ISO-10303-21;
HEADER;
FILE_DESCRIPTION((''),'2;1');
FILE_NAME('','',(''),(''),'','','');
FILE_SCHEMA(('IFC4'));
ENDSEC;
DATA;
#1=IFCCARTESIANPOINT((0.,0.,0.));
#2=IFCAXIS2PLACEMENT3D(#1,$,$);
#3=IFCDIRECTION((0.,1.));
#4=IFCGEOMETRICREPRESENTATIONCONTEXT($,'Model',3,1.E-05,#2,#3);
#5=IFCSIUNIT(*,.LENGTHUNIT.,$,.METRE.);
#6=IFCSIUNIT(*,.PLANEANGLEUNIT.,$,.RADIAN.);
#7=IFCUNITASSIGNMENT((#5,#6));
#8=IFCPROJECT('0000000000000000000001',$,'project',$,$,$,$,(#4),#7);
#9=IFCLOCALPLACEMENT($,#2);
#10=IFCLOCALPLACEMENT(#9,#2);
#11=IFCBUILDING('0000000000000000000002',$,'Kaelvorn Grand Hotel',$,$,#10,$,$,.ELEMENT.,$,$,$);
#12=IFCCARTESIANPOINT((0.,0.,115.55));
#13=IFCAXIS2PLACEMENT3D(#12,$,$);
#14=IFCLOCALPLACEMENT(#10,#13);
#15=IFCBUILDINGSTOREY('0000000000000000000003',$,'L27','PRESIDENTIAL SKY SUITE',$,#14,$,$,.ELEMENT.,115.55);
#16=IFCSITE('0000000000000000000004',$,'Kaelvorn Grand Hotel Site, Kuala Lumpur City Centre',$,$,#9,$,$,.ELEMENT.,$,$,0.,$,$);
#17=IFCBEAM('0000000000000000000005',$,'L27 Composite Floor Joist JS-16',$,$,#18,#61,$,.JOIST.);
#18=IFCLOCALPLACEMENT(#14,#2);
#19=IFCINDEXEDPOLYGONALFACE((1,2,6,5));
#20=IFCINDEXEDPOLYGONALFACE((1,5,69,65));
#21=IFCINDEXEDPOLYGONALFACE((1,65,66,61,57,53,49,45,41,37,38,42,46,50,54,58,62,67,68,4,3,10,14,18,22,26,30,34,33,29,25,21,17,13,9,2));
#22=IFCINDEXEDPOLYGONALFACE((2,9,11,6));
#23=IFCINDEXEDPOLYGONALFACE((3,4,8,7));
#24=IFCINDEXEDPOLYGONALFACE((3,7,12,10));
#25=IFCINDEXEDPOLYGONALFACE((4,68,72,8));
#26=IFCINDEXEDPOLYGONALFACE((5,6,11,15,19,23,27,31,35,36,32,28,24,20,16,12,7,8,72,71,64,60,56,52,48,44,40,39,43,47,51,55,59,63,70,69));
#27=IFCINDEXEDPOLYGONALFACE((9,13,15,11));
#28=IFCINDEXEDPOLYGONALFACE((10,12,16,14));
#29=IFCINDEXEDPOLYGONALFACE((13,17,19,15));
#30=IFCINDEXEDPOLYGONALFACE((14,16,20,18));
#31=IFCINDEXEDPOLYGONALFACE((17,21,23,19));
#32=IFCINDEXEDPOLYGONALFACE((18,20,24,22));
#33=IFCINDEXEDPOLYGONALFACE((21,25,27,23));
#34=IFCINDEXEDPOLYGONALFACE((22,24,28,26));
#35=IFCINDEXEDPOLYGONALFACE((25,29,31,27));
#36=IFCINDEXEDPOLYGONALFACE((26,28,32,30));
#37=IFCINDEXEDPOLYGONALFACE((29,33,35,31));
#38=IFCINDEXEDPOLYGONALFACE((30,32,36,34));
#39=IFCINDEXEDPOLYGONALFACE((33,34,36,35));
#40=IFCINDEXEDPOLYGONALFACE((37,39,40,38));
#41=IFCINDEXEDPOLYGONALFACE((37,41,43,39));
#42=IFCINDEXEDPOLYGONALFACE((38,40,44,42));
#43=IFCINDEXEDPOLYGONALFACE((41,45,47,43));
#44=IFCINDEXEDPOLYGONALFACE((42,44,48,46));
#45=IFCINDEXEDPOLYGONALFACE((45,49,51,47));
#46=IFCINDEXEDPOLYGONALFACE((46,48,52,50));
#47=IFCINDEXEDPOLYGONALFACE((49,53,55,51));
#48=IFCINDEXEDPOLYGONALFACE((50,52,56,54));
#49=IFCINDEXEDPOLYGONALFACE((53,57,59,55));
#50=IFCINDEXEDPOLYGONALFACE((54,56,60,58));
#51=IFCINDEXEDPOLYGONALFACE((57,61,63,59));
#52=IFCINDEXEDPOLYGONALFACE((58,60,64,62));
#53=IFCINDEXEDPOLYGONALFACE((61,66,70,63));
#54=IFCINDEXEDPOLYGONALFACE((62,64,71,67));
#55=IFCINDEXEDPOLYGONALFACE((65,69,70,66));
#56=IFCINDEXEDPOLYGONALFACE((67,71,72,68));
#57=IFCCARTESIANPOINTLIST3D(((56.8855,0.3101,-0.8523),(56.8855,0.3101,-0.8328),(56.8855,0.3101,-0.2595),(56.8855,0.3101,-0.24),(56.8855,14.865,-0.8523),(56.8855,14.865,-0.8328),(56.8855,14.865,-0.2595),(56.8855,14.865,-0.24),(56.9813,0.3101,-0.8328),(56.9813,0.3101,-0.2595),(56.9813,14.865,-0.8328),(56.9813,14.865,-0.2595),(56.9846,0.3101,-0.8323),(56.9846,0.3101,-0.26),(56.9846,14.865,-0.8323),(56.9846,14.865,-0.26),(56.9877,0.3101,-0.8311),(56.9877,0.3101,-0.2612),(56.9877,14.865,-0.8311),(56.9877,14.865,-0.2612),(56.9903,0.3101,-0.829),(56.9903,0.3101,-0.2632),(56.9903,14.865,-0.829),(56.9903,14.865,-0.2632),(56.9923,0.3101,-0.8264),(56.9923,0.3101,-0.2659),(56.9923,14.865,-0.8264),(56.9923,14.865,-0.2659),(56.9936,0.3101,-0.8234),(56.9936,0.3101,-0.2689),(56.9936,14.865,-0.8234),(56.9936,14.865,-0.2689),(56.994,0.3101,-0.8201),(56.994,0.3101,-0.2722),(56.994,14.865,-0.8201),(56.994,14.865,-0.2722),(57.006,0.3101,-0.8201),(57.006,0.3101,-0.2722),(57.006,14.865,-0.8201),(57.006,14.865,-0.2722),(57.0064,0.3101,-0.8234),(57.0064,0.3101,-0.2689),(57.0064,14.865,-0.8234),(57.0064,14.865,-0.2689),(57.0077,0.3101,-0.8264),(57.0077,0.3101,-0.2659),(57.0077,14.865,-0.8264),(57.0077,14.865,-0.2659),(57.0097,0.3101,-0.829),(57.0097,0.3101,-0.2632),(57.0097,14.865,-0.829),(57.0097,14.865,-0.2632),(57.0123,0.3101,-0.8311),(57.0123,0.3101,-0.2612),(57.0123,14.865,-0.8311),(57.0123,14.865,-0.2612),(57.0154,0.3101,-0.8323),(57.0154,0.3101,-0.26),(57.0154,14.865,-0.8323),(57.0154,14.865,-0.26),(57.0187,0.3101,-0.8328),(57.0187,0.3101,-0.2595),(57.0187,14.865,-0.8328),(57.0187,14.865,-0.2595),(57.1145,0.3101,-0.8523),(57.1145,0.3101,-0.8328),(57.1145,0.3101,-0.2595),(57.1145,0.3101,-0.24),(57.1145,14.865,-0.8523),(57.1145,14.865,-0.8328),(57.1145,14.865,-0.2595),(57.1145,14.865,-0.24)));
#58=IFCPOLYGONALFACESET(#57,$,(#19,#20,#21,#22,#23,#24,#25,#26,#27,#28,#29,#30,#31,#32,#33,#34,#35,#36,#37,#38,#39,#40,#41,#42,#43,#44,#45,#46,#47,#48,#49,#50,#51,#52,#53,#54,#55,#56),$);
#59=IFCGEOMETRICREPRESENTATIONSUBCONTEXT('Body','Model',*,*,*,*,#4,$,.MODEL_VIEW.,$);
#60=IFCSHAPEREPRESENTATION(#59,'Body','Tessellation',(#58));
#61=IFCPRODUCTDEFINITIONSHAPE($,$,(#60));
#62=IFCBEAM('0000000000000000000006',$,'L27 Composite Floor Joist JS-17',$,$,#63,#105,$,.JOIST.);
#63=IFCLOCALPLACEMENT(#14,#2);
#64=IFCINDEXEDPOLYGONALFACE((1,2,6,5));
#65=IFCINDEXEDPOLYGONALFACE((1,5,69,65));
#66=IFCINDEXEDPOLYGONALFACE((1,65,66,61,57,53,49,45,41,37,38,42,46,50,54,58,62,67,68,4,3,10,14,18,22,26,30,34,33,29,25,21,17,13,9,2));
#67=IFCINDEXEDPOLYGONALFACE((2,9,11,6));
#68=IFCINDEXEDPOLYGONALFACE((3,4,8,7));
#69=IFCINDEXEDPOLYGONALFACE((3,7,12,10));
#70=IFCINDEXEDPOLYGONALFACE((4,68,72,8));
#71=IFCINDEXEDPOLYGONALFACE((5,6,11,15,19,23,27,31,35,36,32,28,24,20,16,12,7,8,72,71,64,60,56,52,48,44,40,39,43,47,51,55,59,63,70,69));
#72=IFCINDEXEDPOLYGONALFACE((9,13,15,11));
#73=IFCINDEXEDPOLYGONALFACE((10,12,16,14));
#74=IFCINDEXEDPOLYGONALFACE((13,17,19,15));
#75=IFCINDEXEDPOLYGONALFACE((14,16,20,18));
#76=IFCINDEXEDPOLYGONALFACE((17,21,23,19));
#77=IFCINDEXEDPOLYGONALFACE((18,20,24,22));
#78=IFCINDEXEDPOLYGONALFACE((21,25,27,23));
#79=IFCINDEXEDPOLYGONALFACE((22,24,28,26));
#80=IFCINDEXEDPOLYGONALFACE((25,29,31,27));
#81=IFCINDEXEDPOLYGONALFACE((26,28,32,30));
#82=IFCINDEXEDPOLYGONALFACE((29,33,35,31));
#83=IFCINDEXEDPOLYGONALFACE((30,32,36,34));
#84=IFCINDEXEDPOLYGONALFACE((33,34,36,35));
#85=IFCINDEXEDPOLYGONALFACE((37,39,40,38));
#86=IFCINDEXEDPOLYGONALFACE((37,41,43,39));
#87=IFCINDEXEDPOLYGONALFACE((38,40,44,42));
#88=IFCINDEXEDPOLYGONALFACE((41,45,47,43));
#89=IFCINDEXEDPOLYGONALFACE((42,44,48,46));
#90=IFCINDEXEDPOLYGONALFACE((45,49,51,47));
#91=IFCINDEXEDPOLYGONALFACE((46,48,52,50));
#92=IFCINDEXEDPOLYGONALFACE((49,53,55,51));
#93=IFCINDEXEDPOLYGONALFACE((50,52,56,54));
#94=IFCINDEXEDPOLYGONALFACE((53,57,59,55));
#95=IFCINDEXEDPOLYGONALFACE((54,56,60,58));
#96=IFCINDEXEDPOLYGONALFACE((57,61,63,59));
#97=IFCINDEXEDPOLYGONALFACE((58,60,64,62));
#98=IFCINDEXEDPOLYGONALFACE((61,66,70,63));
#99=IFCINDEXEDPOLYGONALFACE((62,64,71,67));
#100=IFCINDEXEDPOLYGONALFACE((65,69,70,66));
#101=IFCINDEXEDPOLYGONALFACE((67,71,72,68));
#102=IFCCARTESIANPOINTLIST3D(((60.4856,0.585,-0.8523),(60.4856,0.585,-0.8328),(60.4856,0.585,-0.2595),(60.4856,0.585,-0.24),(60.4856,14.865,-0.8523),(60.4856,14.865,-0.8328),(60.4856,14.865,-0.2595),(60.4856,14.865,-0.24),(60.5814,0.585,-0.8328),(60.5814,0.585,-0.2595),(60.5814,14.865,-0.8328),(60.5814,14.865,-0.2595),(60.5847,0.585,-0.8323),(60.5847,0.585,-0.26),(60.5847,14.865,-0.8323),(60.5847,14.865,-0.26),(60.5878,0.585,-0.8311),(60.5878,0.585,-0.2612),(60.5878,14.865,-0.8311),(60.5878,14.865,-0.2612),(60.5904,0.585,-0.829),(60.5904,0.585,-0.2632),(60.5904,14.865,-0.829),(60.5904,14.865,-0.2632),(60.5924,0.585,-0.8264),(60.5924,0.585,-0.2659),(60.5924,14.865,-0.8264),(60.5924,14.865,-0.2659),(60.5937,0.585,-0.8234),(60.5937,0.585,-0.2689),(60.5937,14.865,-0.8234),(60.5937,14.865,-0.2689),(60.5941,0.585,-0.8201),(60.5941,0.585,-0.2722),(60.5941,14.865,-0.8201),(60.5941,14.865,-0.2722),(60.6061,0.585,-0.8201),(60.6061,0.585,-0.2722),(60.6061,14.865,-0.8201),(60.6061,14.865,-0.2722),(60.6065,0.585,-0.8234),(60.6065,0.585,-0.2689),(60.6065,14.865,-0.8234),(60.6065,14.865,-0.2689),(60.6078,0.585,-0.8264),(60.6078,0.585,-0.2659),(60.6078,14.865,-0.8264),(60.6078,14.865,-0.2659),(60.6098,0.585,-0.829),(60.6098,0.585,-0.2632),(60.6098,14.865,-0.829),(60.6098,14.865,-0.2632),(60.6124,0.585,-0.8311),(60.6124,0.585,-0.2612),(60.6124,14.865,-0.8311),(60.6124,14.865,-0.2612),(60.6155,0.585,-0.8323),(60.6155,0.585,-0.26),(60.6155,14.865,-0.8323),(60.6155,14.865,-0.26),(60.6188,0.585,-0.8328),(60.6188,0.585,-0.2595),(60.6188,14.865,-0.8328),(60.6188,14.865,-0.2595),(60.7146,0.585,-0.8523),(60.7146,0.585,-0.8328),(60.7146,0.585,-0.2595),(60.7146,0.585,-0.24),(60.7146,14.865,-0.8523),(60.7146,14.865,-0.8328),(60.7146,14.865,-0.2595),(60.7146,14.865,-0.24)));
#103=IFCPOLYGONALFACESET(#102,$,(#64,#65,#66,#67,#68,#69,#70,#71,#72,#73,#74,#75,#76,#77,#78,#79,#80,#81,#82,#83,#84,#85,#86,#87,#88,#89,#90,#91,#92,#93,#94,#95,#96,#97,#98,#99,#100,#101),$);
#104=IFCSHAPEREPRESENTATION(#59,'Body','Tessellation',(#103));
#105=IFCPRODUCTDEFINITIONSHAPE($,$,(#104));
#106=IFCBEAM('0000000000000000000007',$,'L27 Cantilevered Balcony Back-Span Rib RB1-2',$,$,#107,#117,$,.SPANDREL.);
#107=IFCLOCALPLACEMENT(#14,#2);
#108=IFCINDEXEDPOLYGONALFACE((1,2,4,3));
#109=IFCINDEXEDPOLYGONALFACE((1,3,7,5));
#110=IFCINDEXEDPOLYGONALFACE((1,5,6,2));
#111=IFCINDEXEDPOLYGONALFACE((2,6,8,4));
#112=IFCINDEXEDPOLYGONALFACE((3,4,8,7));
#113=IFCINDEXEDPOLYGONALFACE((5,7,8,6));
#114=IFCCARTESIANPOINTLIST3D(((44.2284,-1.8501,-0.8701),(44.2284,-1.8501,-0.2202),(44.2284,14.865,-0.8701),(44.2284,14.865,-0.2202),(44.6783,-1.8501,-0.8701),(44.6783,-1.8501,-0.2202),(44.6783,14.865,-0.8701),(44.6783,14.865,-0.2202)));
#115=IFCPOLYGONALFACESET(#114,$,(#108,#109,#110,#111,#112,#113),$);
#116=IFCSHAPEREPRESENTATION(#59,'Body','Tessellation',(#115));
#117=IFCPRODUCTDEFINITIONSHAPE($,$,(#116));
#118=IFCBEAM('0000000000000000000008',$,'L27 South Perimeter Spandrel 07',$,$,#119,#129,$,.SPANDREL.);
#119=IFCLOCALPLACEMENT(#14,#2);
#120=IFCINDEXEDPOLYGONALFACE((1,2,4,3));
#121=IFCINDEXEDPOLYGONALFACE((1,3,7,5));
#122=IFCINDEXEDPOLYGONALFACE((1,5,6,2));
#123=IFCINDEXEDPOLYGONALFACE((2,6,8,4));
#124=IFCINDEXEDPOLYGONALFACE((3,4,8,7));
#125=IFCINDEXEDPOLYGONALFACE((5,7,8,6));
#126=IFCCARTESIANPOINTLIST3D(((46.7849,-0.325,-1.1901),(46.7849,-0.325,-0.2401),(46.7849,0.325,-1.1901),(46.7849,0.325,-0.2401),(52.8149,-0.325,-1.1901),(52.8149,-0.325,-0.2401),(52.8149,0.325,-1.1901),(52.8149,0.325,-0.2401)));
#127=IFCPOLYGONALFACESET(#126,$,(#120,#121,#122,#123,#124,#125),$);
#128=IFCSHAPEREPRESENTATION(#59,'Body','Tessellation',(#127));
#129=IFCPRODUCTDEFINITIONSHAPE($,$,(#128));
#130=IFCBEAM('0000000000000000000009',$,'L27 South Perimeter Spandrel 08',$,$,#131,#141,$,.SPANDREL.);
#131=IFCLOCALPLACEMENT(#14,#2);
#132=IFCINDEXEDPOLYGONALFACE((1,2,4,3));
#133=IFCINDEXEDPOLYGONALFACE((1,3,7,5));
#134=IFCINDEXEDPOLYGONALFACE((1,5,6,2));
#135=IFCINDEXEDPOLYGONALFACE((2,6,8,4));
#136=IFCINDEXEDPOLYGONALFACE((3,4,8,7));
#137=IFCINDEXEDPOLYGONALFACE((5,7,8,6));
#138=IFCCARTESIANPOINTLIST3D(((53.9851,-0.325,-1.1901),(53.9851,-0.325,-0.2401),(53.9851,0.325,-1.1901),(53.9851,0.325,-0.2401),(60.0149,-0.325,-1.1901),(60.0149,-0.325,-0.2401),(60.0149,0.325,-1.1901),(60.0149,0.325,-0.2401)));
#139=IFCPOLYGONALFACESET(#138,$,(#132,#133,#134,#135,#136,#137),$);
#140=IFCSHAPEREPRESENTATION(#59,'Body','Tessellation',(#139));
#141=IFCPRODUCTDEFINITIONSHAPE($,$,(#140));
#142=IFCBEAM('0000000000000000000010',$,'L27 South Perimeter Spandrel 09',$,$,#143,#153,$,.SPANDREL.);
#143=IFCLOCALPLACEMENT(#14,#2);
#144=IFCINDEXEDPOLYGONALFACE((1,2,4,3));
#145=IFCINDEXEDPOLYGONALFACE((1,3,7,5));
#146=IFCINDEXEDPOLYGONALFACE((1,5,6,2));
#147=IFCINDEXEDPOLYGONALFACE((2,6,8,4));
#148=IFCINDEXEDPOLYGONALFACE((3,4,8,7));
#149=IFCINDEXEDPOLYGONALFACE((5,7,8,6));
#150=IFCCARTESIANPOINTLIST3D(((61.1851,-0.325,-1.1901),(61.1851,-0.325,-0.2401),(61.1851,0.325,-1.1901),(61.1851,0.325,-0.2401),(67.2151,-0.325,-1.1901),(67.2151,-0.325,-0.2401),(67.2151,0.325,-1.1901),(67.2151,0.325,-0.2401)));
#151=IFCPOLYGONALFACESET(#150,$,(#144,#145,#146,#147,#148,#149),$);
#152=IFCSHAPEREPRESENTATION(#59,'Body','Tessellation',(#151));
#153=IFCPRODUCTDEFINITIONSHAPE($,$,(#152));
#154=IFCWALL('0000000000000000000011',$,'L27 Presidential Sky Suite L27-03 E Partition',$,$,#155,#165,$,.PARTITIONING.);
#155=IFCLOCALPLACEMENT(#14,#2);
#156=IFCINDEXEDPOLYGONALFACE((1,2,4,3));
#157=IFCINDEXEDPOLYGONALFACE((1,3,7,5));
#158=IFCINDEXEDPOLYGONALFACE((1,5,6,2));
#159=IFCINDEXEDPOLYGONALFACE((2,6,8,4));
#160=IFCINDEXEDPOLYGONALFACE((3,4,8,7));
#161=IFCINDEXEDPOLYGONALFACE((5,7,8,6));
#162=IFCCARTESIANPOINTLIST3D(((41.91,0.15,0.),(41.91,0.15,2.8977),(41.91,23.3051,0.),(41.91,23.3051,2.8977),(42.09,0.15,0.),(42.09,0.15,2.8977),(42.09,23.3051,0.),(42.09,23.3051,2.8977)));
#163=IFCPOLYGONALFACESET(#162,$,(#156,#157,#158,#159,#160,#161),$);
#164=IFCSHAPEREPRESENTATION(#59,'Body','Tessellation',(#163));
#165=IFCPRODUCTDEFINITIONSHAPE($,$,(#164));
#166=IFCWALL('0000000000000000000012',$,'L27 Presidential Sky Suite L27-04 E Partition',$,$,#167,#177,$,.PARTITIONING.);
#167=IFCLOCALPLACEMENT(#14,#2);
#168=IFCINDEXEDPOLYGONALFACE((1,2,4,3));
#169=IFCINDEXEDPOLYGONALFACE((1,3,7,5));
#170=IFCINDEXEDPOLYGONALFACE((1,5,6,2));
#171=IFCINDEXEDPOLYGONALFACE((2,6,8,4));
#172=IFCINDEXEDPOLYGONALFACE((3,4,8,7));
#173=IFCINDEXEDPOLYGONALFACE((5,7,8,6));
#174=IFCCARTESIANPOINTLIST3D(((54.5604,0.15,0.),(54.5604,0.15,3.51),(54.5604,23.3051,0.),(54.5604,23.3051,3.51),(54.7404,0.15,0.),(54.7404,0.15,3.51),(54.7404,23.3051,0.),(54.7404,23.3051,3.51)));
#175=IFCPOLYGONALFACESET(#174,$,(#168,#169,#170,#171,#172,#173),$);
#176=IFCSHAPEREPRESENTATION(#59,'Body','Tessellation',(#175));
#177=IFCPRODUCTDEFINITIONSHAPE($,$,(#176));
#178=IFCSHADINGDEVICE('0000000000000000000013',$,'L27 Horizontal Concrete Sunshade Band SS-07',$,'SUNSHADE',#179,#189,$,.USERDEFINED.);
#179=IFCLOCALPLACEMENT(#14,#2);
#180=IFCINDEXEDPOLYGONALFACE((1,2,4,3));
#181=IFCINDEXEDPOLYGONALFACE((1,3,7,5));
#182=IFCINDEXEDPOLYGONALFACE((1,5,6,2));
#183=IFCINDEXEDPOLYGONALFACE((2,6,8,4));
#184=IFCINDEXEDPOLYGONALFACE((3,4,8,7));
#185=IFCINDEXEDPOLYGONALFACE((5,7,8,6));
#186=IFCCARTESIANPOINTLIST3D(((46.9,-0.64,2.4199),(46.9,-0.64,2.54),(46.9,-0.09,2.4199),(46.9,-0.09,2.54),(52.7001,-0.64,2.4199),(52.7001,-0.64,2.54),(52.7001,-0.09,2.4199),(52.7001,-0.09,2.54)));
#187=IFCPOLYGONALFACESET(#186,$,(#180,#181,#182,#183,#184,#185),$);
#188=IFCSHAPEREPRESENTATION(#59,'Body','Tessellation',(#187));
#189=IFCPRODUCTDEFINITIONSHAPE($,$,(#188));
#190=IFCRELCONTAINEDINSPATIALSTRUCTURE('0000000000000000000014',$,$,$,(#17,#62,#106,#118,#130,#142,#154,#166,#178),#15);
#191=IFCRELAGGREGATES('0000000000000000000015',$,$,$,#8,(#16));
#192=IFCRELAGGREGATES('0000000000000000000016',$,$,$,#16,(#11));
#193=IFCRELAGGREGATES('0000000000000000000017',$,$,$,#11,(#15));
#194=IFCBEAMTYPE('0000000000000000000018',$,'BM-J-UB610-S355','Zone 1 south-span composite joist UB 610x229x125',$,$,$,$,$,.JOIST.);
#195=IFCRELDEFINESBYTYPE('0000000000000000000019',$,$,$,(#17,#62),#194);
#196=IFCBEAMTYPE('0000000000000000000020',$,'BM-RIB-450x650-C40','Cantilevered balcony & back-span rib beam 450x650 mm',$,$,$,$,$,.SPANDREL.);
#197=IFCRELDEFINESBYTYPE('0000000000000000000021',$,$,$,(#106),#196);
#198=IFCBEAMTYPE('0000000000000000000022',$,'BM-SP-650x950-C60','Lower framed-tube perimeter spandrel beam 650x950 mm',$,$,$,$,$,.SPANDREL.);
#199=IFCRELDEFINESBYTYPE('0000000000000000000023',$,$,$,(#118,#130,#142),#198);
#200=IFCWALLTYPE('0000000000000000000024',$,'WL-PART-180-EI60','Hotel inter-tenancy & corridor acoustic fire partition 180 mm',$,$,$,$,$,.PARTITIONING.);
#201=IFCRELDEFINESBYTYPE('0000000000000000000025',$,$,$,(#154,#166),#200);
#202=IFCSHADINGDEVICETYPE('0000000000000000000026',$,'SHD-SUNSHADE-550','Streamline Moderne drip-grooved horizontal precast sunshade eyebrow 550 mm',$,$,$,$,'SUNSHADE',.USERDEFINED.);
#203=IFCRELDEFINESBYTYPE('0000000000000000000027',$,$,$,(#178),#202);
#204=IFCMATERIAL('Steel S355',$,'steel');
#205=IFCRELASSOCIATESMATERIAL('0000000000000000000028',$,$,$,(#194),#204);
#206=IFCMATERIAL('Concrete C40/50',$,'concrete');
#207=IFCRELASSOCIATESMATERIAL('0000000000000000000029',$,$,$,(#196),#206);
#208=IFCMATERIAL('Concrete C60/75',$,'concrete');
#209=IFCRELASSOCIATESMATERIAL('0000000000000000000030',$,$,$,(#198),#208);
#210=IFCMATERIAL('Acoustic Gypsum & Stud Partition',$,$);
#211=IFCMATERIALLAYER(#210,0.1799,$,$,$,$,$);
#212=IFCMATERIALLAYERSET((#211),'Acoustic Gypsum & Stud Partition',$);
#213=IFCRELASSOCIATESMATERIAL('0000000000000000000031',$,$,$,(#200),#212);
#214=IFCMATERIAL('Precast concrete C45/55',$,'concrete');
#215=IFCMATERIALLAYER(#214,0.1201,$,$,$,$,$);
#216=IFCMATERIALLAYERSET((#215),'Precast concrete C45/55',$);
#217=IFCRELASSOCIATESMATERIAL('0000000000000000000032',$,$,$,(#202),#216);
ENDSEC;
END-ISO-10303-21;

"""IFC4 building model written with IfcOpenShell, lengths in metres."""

from ifc_helpers import new_model, si_unit, direction, frame, frame_2d, origin, origin_2d, place, context, subcontext, project, spatial, rectangle, i_section, extrude, material, layer, layer_set, material_profile, profile_set, type_object, element, save


model = new_model("IFC4")

# Units and contexts
model_context = context("Model", 3, precision=1e-05, world=origin(), true_north=direction((0.0, 1.0)))
body_context = subcontext(model_context, "Body", "Model", "MODEL_VIEW")
ifc_project = project(units=[si_unit("LENGTHUNIT", "METRE"), si_unit("PLANEANGLEUNIT", "RADIAN")], contexts=[model_context])

# Site, building, storey
site_placement = place(None, origin())
site = spatial("IfcSite", under=ifc_project, at=site_placement, Name="Kaelvorn Grand Hotel Site, Kuala Lumpur City Centre", CompositionType="ELEMENT", RefElevation=0.0)
building_placement = place(site_placement, origin())
building = spatial("IfcBuilding", under=site, at=building_placement, Name="Kaelvorn Grand Hotel", CompositionType="ELEMENT")
storey_placement = place(building_placement, frame((0.0, 0.0, 115.55)))
storey = spatial("IfcBuildingStorey", under=building, at=storey_placement, Name="L27", Description="PRESIDENTIAL SKY SUITE", CompositionType="ELEMENT", Elevation=115.55)

# Shared definitions
ifc_material_1 = material(Name="Concrete C60/75", Category="concrete")

# Beams
ifc_material_2 = material(Name="Steel S355", Category="steel")
ifc_material_profile_1 = material_profile(ifc_material_2, i_section(OverallWidth=0.229, OverallDepth=0.6123, WebThickness=0.012, FlangeThickness=0.0195, FilletRadius=0.0127, at=origin_2d()), Name="UB 610x229x125")
ifc_profile_set_1 = profile_set([ifc_material_profile_1], Name="Steel S355")
beam_type_1 = type_object("IfcBeamType", Name="BM-J-UB610-S355", Description="Zone 1 south-span composite joist UB 610x229x125", PredefinedType="JOIST", material=ifc_profile_set_1)
beam_1_placement = place(storey_placement, frame((57.0, 0.3101, -0.5461), z_axis=(0.0, 1.0, 0.0), x_axis=(-1.0, 0.0, 0.0)))
element("IfcBeam", 1, at=beam_1_placement, inside=storey, type_object=beam_type_1, Name="L27 Composite Floor Joist JS-16", PredefinedType="JOIST", context=body_context, shape_type="SweptSolid", body=[
    extrude(i_section(OverallWidth=0.229, OverallDepth=0.6123, WebThickness=0.012, FlangeThickness=0.0195, FilletRadius=0.0127, at=origin_2d()), origin(), (0.0, 0.0, 1.0), 14.5549),
])
beam_2_placement = place(storey_placement, frame((60.6001, 0.585, -0.5461), z_axis=(0.0, 1.0, 0.0), x_axis=(-1.0, 0.0, 0.0)))
element("IfcBeam", 2, at=beam_2_placement, inside=storey, type_object=beam_type_1, Name="L27 Composite Floor Joist JS-17", PredefinedType="JOIST", context=body_context, shape_type="SweptSolid", body=[
    extrude(i_section(OverallWidth=0.229, OverallDepth=0.6123, WebThickness=0.012, FlangeThickness=0.0195, FilletRadius=0.0127, at=origin_2d()), origin(), (0.0, 0.0, 1.0), 14.28),
])
ifc_material_3 = material(Name="Concrete C40/50", Category="concrete")
ifc_material_profile_2 = material_profile(ifc_material_3, rectangle(XDim=0.45, YDim=0.6499, at=origin_2d()), Name="RC RIB 450x650")
ifc_profile_set_2 = profile_set([ifc_material_profile_2], Name="Concrete C40/50")
beam_type_2 = type_object("IfcBeamType", Name="BM-RIB-450x650-C40", Description="Cantilevered balcony & back-span rib beam 450x650 mm", PredefinedType="SPANDREL", material=ifc_profile_set_2)
beam_3_placement = place(storey_placement, frame((44.4534, -1.8501, -0.5452), z_axis=(0.0, 1.0, 0.0), x_axis=(-1.0, 0.0, 0.0)))
element("IfcBeam", 3, at=beam_3_placement, inside=storey, type_object=beam_type_2, Name="L27 Cantilevered Balcony Back-Span Rib RB1-2", PredefinedType="SPANDREL", context=body_context, shape_type="SweptSolid", body=[
    extrude(rectangle(XDim=0.45, YDim=0.6499, at=origin_2d()), origin(), (0.0, 0.0, 1.0), 16.7151),
])
ifc_material_profile_3 = material_profile(ifc_material_1, rectangle(XDim=0.6499, YDim=0.95, at=origin_2d()), Name="RC SPANDREL 650x950")
ifc_profile_set_3 = profile_set([ifc_material_profile_3], Name="Concrete C60/75")
beam_type_3 = type_object("IfcBeamType", Name="BM-SP-650x950-C60", Description="Lower framed-tube perimeter spandrel beam 650x950 mm", PredefinedType="SPANDREL", material=ifc_profile_set_3)
beam_4_placement = place(storey_placement, frame((46.7849, 0.0, -0.7151), z_axis=(1.0, 0.0, 0.0), x_axis=(0.0, 1.0, 0.0)))
element("IfcBeam", 4, at=beam_4_placement, inside=storey, type_object=beam_type_3, Name="L27 South Perimeter Spandrel 07", PredefinedType="SPANDREL", context=body_context, shape_type="SweptSolid", body=[
    extrude(rectangle(XDim=0.6499, YDim=0.95, at=origin_2d()), origin(), (0.0, 0.0, 1.0), 6.03),
])
beam_5_placement = place(storey_placement, frame((53.9851, 0.0, -0.7151), z_axis=(1.0, 0.0, 0.0), x_axis=(0.0, 1.0, 0.0)))
element("IfcBeam", 5, at=beam_5_placement, inside=storey, type_object=beam_type_3, Name="L27 South Perimeter Spandrel 08", PredefinedType="SPANDREL", context=body_context, shape_type="SweptSolid", body=[
    extrude(rectangle(XDim=0.6499, YDim=0.95, at=origin_2d()), origin(), (0.0, 0.0, 1.0), 6.0298),
])
beam_6_placement = place(storey_placement, frame((61.1851, 0.0, -0.7151), z_axis=(1.0, 0.0, 0.0), x_axis=(0.0, 1.0, 0.0)))
element("IfcBeam", 6, at=beam_6_placement, inside=storey, type_object=beam_type_3, Name="L27 South Perimeter Spandrel 09", PredefinedType="SPANDREL", context=body_context, shape_type="SweptSolid", body=[
    extrude(rectangle(XDim=0.6499, YDim=0.95, at=origin_2d()), origin(), (0.0, 0.0, 1.0), 6.03),
])

# Walls
ifc_material_4 = material(Name="Acoustic Gypsum & Stud Partition")
ifc_layer_1 = layer(ifc_material_4, 0.1799)
ifc_layer_set_1 = layer_set([ifc_layer_1], Name="Acoustic Gypsum & Stud Partition")
wall_type = type_object("IfcWallType", Name="WL-PART-180-EI60", Description="Hotel inter-tenancy & corridor acoustic fire partition 180 mm", PredefinedType="PARTITIONING", material=ifc_layer_set_1)
wall_1_placement = place(storey_placement, frame((42.0, 0.1499, 0.0), z_axis=(0.0, 0.0, 1.0), x_axis=(0.0, 1.0, 0.0)))
element("IfcWall", 7, at=wall_1_placement, inside=storey, type_object=wall_type, Name="L27 Presidential Sky Suite L27-03 E Partition", PredefinedType="PARTITIONING", context=body_context, shape_type="SweptSolid", body=[
    extrude(rectangle(XDim=23.155, YDim=0.1799, at=frame_2d((11.5776, 0.0))), origin(), (0.0, 0.0, 1.0), 2.8977),
])
wall_2_placement = place(storey_placement, frame((54.6504, 0.1499, 0.0), z_axis=(0.0, 0.0, 1.0), x_axis=(0.0, 1.0, 0.0)))
element("IfcWall", 8, at=wall_2_placement, inside=storey, type_object=wall_type, Name="L27 Presidential Sky Suite L27-04 E Partition", PredefinedType="PARTITIONING", context=body_context, shape_type="SweptSolid", body=[
    extrude(rectangle(XDim=23.155, YDim=0.1799, at=frame_2d((11.5776, 0.0))), origin(), (0.0, 0.0, 1.0), 3.51),
])

# Shading device
ifc_material_5 = material(Name="Precast concrete C45/55", Category="concrete")
ifc_layer_2 = layer(ifc_material_5, 0.1201)
ifc_layer_set_2 = layer_set([ifc_layer_2], Name="Precast concrete C45/55")
shading_device_type_1 = type_object("IfcShadingDeviceType", Name="SHD-SUNSHADE-550", Description="Streamline Moderne drip-grooved horizontal precast sunshade eyebrow 550 mm", ElementType="SUNSHADE", PredefinedType="USERDEFINED", material=ifc_layer_set_2)
shading_device_placement = place(storey_placement, frame((49.8, -0.365, 2.4199), z_axis=(0.0, 0.0, 1.0), x_axis=(1.0, 0.0, 0.0)))
element("IfcShadingDevice", 9, at=shading_device_placement, inside=storey, type_object=shading_device_type_1, Name="L27 Horizontal Concrete Sunshade Band SS-07", ObjectType="SUNSHADE", PredefinedType="USERDEFINED", context=body_context, shape_type="SweptSolid", body=[
    extrude(rectangle(XDim=5.8, YDim=0.55, at=origin_2d()), origin(), (0.0, 0.0, 1.0), 0.1201),
])

save(model, "model.ifc")
